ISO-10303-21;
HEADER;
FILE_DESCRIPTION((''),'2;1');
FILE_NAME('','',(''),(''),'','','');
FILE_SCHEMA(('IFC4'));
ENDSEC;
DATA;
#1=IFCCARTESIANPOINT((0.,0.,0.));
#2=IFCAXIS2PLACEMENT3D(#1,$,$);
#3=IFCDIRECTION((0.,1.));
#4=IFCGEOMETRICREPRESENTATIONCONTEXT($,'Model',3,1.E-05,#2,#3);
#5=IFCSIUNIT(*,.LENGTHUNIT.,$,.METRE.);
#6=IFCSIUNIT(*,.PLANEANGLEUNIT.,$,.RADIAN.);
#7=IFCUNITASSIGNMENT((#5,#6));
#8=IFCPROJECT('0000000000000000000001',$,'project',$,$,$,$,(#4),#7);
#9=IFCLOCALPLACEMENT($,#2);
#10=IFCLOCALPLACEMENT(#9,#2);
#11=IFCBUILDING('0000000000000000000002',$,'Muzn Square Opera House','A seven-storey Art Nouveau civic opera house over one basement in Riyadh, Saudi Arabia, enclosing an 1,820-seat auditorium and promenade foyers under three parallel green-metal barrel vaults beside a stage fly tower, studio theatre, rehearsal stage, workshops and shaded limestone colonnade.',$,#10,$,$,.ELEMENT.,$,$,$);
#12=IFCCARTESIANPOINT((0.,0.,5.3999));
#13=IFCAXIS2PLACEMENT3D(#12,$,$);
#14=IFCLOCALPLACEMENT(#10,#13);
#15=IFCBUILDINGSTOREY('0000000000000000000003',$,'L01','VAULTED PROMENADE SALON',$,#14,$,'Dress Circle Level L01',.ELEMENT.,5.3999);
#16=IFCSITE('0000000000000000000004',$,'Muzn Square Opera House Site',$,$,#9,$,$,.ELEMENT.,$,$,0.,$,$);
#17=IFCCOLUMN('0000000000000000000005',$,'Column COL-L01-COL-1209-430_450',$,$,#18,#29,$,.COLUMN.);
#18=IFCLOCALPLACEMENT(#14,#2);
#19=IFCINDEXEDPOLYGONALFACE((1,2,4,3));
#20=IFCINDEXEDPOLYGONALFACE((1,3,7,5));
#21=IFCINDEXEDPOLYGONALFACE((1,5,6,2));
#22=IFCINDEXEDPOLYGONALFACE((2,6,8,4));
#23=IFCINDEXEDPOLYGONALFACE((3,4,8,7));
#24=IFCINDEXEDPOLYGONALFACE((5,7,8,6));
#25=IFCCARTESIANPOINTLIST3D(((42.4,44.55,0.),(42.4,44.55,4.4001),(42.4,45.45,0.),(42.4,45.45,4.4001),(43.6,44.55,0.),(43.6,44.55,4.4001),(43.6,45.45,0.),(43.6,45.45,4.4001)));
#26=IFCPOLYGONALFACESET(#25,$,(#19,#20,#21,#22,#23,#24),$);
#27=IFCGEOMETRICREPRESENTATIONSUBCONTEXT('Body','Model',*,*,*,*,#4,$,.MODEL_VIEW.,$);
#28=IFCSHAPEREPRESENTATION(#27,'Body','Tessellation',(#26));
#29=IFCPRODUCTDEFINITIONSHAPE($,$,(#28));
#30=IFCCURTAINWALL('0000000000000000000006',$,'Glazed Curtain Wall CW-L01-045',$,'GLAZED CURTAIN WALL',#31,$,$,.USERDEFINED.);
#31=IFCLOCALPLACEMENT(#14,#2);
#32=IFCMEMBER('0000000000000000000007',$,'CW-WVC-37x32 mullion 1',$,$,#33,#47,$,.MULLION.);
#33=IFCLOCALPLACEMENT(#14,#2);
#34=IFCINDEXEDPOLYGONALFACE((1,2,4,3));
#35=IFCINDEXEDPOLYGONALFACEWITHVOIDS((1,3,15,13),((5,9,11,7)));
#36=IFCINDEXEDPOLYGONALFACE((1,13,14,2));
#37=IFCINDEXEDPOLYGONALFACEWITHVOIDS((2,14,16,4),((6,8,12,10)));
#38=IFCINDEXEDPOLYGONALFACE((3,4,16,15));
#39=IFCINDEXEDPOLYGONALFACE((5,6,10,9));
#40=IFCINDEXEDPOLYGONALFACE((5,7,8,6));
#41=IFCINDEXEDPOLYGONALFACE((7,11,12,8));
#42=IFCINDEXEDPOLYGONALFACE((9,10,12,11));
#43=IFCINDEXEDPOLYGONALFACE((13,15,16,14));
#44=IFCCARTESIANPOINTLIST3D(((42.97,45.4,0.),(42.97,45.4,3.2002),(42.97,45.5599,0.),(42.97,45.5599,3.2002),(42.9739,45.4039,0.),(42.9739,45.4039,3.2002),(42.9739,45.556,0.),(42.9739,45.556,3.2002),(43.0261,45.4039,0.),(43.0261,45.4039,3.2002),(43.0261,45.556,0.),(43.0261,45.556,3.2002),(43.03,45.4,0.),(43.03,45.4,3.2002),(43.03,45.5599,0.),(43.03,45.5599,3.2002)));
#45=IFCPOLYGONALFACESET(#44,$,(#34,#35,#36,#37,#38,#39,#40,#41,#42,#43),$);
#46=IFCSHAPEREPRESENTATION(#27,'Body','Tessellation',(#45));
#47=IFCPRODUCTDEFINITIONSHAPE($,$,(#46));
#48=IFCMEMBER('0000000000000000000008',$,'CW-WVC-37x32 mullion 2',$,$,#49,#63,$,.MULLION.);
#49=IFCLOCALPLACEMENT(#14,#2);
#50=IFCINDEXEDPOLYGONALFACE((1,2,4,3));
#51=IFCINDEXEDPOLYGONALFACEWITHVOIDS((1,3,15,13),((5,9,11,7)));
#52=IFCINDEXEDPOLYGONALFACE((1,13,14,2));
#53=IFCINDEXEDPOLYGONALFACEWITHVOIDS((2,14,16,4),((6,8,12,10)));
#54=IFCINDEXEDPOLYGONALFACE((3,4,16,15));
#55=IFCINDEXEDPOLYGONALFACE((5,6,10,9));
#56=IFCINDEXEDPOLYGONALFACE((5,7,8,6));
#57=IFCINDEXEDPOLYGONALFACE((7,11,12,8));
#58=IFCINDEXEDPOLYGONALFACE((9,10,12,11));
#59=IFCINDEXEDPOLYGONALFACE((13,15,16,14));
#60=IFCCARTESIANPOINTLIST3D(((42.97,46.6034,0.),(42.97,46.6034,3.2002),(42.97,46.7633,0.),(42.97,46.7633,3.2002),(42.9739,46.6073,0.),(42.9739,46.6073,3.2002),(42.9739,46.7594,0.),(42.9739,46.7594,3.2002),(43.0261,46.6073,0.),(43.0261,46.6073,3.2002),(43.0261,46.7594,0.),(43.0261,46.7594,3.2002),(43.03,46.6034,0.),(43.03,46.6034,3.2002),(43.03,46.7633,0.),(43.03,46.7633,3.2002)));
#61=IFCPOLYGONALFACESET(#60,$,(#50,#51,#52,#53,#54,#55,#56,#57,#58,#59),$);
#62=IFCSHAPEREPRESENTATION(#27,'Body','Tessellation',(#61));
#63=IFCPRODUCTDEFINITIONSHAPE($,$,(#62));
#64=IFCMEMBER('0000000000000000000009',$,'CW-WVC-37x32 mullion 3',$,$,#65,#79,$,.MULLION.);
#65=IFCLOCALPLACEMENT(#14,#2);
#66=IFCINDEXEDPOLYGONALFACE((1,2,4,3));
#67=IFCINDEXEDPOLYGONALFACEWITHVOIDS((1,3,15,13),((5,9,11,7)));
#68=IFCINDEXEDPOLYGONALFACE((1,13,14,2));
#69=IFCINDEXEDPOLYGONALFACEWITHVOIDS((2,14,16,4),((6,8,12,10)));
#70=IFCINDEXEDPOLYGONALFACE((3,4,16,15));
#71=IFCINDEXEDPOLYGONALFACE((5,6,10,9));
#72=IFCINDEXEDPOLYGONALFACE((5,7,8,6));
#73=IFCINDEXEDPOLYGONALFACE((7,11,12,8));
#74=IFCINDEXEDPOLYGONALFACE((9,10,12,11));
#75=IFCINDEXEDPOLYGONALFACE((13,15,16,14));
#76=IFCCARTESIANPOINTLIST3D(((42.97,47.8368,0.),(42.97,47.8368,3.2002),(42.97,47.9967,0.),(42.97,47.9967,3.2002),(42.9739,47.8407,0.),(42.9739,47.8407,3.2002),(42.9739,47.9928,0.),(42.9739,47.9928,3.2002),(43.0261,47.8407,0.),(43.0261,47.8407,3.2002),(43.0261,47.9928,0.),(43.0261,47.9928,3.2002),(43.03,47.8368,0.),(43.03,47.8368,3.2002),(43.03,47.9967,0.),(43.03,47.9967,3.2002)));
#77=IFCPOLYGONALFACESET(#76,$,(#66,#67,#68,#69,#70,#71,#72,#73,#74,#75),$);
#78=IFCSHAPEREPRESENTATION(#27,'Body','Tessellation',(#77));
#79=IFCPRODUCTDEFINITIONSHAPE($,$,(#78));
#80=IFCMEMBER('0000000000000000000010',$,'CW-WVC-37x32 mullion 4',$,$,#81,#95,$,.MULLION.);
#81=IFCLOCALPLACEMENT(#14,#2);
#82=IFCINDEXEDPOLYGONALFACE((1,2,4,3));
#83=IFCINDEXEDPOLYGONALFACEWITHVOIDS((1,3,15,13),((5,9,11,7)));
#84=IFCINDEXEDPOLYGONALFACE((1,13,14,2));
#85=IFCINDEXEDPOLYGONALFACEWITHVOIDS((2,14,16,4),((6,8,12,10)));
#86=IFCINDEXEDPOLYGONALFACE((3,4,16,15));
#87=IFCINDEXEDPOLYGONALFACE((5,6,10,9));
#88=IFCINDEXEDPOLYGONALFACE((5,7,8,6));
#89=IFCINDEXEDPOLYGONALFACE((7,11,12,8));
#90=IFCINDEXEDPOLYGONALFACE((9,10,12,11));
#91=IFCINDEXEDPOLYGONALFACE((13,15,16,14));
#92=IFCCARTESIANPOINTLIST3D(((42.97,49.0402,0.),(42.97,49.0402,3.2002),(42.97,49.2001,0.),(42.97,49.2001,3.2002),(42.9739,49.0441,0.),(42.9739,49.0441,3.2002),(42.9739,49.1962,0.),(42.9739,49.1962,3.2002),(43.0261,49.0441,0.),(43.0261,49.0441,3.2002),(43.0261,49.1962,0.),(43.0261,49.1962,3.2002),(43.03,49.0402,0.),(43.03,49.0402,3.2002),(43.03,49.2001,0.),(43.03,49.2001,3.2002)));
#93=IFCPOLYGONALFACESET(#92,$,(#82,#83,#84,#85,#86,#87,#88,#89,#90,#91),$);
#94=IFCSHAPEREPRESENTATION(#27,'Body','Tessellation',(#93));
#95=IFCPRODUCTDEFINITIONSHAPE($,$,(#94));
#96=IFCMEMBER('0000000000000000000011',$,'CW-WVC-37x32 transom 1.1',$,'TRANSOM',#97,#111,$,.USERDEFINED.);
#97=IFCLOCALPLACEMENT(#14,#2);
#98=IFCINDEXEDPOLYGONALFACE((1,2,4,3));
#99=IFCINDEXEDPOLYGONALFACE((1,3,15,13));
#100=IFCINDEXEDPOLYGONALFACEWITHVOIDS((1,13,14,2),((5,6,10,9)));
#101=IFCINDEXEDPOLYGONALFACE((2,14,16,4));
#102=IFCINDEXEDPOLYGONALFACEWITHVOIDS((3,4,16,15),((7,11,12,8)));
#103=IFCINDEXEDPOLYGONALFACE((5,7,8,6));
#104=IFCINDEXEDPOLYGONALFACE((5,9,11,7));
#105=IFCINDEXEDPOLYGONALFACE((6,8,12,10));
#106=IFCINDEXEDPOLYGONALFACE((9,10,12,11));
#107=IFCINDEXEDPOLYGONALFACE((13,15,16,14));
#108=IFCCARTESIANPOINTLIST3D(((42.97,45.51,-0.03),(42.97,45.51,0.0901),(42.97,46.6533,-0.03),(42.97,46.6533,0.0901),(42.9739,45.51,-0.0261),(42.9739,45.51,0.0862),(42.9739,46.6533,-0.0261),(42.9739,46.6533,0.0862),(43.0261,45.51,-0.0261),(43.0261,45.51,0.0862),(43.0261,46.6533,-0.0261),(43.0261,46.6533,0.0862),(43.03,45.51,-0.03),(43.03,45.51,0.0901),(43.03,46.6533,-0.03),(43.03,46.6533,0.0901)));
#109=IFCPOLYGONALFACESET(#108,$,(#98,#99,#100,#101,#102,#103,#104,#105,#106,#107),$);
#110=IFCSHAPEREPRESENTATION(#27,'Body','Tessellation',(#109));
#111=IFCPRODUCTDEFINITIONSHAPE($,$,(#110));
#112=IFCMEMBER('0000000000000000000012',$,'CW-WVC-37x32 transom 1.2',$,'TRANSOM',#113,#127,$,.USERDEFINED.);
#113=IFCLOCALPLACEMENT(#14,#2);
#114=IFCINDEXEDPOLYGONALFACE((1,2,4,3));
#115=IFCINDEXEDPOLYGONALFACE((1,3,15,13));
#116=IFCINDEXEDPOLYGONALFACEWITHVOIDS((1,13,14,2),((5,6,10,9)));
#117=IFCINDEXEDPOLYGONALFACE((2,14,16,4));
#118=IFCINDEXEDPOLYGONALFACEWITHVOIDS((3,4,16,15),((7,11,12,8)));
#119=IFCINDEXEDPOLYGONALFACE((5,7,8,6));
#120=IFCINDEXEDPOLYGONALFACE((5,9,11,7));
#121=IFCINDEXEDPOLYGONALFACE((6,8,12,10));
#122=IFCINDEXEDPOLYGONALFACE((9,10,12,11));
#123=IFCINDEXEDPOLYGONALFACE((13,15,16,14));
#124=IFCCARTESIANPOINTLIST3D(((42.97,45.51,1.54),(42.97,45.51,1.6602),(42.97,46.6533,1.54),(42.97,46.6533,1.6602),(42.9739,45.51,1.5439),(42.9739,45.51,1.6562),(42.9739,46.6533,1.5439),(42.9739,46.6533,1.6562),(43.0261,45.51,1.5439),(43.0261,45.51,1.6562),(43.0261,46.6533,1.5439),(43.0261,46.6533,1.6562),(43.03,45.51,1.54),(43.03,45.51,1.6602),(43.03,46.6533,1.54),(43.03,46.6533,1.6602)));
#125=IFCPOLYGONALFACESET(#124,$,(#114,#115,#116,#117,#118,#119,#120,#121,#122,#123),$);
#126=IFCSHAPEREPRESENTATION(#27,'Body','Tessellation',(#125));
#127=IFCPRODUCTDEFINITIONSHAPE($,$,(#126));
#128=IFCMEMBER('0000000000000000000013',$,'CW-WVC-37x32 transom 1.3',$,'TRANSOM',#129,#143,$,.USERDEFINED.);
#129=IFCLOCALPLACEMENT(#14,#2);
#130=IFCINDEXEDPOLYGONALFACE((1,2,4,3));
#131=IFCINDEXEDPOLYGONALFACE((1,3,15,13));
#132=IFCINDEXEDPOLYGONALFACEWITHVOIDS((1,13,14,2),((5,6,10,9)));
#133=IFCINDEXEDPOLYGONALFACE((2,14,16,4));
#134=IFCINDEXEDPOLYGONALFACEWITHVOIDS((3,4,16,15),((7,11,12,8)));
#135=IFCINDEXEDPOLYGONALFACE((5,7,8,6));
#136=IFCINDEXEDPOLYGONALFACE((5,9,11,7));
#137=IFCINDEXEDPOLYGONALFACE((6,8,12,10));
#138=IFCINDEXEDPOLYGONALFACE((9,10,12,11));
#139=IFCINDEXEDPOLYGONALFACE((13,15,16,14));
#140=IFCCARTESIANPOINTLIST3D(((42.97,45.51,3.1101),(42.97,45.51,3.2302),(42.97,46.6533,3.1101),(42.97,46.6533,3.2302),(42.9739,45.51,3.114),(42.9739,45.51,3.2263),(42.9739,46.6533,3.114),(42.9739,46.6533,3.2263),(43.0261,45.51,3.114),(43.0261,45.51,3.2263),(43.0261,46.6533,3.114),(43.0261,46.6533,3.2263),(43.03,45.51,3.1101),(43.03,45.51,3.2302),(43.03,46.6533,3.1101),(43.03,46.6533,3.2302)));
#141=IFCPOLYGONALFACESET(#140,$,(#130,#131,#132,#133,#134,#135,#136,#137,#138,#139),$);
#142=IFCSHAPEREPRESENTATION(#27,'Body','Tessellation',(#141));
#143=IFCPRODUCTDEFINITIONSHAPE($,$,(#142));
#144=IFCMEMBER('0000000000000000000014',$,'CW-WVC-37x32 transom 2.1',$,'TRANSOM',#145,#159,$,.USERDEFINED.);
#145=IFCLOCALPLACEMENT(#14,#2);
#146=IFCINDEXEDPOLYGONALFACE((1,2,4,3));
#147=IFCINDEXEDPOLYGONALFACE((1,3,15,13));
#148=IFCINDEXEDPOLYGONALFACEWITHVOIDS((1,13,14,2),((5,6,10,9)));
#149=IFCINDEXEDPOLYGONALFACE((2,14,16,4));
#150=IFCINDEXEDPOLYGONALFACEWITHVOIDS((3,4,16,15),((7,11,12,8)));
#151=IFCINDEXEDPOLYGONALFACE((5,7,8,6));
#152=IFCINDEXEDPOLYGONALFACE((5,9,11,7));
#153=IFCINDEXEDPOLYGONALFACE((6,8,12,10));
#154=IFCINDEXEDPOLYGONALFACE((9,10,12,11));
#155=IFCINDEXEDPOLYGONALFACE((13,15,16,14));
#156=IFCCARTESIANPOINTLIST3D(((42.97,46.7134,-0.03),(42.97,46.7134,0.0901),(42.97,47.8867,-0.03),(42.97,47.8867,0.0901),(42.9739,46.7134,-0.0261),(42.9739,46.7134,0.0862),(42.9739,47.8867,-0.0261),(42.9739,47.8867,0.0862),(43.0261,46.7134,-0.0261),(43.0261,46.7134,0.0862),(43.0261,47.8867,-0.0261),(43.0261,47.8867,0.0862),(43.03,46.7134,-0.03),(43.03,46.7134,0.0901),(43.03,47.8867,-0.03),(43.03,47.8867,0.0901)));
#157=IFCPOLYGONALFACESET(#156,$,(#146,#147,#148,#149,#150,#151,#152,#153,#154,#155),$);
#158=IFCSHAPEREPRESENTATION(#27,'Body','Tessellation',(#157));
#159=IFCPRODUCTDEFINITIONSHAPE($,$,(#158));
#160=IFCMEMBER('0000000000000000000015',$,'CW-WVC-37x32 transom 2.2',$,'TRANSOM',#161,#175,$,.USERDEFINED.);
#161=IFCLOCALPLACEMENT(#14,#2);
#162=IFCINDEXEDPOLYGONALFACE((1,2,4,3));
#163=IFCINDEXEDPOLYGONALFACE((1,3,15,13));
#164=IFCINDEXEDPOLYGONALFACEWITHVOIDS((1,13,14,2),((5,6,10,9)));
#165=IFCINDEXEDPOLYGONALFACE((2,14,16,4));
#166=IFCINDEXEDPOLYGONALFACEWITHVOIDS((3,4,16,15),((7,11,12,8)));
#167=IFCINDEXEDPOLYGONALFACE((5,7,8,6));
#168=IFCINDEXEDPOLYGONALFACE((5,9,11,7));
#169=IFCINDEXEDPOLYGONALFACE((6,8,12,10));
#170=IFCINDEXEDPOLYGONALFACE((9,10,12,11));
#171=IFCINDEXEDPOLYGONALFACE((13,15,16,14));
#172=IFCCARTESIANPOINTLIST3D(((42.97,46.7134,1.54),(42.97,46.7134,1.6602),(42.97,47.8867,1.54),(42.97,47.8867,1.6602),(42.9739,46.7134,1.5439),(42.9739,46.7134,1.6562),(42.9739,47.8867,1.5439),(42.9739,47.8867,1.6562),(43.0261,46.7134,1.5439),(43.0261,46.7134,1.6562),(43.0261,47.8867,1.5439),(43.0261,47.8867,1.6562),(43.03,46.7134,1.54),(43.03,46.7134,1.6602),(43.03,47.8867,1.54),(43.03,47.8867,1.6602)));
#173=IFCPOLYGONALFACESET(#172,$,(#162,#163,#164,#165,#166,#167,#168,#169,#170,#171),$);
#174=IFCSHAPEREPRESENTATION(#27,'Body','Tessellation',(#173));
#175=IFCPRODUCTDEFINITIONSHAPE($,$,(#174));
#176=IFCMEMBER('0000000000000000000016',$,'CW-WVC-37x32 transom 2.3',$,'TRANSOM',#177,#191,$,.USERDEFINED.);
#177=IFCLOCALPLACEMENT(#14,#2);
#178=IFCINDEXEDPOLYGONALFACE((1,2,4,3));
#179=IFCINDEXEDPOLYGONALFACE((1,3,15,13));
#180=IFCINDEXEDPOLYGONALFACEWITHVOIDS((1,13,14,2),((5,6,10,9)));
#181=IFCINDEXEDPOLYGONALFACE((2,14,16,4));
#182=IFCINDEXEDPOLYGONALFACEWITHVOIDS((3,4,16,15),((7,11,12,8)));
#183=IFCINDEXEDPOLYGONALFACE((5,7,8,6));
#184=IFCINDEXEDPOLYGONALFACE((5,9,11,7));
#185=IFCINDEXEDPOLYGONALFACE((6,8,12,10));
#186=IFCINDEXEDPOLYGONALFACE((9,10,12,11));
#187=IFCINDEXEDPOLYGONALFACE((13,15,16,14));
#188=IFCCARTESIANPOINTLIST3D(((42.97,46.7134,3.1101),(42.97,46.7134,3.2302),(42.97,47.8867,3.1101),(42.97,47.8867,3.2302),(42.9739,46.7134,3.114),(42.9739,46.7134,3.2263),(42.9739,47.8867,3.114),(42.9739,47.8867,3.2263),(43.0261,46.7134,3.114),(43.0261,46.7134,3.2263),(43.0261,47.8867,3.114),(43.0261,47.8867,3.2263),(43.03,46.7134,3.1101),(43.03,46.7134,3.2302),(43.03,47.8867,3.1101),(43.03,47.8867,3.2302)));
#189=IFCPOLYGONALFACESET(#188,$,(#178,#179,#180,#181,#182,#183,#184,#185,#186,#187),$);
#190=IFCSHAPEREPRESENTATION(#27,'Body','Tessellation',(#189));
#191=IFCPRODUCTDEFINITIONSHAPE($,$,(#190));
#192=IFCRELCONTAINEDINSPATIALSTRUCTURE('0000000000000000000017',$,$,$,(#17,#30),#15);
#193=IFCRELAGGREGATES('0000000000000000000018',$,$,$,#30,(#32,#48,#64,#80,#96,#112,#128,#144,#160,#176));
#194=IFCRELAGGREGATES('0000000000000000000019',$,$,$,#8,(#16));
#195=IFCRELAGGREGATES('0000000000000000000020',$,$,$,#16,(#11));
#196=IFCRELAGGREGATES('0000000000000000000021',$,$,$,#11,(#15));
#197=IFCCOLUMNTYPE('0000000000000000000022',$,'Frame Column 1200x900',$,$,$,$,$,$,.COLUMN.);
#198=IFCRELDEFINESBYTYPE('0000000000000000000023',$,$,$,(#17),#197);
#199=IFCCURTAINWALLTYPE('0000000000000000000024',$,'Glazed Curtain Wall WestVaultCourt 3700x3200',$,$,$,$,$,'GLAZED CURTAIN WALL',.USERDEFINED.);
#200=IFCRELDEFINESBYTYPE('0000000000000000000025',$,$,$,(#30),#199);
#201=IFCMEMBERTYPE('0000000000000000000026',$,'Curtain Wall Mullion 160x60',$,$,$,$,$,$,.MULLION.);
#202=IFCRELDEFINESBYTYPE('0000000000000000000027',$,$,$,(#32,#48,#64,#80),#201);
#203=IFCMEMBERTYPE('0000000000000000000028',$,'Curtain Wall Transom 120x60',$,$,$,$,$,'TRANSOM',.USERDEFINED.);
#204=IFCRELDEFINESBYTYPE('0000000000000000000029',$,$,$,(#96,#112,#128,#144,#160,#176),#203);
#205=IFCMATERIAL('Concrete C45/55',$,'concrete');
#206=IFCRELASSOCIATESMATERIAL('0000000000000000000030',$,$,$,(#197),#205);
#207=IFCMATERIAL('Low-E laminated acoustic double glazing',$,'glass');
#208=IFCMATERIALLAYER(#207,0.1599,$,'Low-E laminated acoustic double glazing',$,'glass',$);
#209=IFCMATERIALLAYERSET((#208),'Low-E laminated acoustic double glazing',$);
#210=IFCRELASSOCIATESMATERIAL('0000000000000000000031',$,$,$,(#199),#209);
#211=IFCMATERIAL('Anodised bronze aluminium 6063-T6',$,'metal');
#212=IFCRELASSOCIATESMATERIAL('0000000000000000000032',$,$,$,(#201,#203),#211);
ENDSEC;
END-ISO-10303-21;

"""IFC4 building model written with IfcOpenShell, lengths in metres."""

from ifc_helpers import new_model, si_unit, direction, frame, origin, origin_2d, place, context, subcontext, project, spatial, rectangle, hollow_rectangle, extrude, material, layer, layer_set, material_profile, profile_set, type_object, element, aggregate, save


model = new_model("IFC4")

# Units and contexts
model_context = context("Model", 3, precision=1e-05, world=origin(), true_north=direction((0.0, 1.0)))
body_context = subcontext(model_context, "Body", "Model", "MODEL_VIEW")
ifc_project = project(units=[si_unit("LENGTHUNIT", "METRE"), si_unit("PLANEANGLEUNIT", "RADIAN")], contexts=[model_context])

# Site, building, storey
site_placement = place(None, origin())
site = spatial("IfcSite", under=ifc_project, at=site_placement, Name="Muzn Square Opera House Site", CompositionType="ELEMENT", RefElevation=0.0)
building_placement = place(site_placement, origin())
building = spatial("IfcBuilding", under=site, at=building_placement, Name="Muzn Square Opera House", Description="A seven-storey Art Nouveau civic opera house over one basement in Riyadh, Saudi Arabia, enclosing an 1,820-seat auditorium and promenade foyers under three parallel green-metal barrel vaults beside a stage fly tower, studio theatre, rehearsal stage, workshops and shaded limestone colonnade.", CompositionType="ELEMENT")
storey_placement = place(building_placement, frame((0.0, 0.0, 5.3999)))
storey = spatial("IfcBuildingStorey", under=building, at=storey_placement, Name="L01", Description="VAULTED PROMENADE SALON", LongName="Dress Circle Level L01", CompositionType="ELEMENT", Elevation=5.3999)

# Column
ifc_material_1 = material(Name="Concrete C45/55", Category="concrete")
ifc_material_profile_1 = material_profile(ifc_material_1, rectangle(XDim=1.2, YDim=0.8999, at=origin_2d()), Name="RC 1200x900", Category="concrete")
ifc_profile_set_1 = profile_set([ifc_material_profile_1], Name="Concrete C45/55")
column_type = type_object("IfcColumnType", Name="Frame Column 1200x900", PredefinedType="COLUMN", material=ifc_profile_set_1)
column_placement = place(storey_placement, frame((43.0, 45.0, 0.0), z_axis=(0.0, 0.0, 1.0), x_axis=(1.0, 0.0, 0.0)))
element("IfcColumn", 1, at=column_placement, inside=storey, type_object=column_type, Name="Column COL-L01-COL-1209-430_450", PredefinedType="COLUMN", context=body_context, shape_type="SweptSolid", body=[
    extrude(rectangle(XDim=1.2, YDim=0.8999, at=origin_2d()), origin(), (0.0, 0.0, 1.0), 4.4001),
])

# Curtain wall, members
ifc_material_2 = material(Name="Low-E laminated acoustic double glazing", Category="glass")
ifc_layer_1 = layer(ifc_material_2, 0.1599, Name="Low-E laminated acoustic double glazing", Category="glass")
ifc_layer_set_1 = layer_set([ifc_layer_1], Name="Low-E laminated acoustic double glazing")
curtain_wall_type = type_object("IfcCurtainWallType", Name="Glazed Curtain Wall WestVaultCourt 3700x3200", ElementType="GLAZED CURTAIN WALL", PredefinedType="USERDEFINED", material=ifc_layer_set_1)
curtain_wall_placement = place(storey_placement, origin())
curtain_wall = element("IfcCurtainWall", 2, at=curtain_wall_placement, inside=storey, type_object=curtain_wall_type, Name="Glazed Curtain Wall CW-L01-045", ObjectType="GLAZED CURTAIN WALL", PredefinedType="USERDEFINED")
ifc_material_3 = material(Name="Anodised bronze aluminium 6063-T6", Category="metal")
ifc_material_profile_2 = material_profile(ifc_material_3, hollow_rectangle(XDim=0.0601, YDim=0.1599, WallThickness=0.0039, at=origin_2d()), Name="ALU 160x60x4", Category="metal")
ifc_profile_set_2 = profile_set([ifc_material_profile_2], Name="Anodised bronze aluminium 6063-T6")
member_type_1 = type_object("IfcMemberType", Name="Curtain Wall Mullion 160x60", PredefinedType="MULLION", material=ifc_profile_set_2)
member_1_placement = place(storey_placement, frame((43.0, 45.48, 0.0), z_axis=(0.0, 0.0, 1.0), x_axis=(-1.0, 0.0, 0.0)))
member_1 = element("IfcMember", 3, at=member_1_placement, type_object=member_type_1, Name="CW-WVC-37x32 mullion 1", PredefinedType="MULLION", context=body_context, shape_type="SweptSolid", body=[
    extrude(hollow_rectangle(XDim=0.0601, YDim=0.1599, WallThickness=0.0039, at=origin_2d()), origin(), (0.0, 0.0, 1.0), 3.2002),
])
member_2_placement = place(storey_placement, frame((43.0, 46.6833, 0.0), z_axis=(0.0, 0.0, 1.0), x_axis=(-1.0, 0.0, 0.0)))
member_2 = element("IfcMember", 4, at=member_2_placement, type_object=member_type_1, Name="CW-WVC-37x32 mullion 2", PredefinedType="MULLION", context=body_context, shape_type="SweptSolid", body=[
    extrude(hollow_rectangle(XDim=0.0601, YDim=0.1599, WallThickness=0.0039, at=origin_2d()), origin(), (0.0, 0.0, 1.0), 3.2002),
])
member_3_placement = place(storey_placement, frame((43.0, 47.9167, 0.0), z_axis=(0.0, 0.0, 1.0), x_axis=(-1.0, 0.0, 0.0)))
member_3 = element("IfcMember", 5, at=member_3_placement, type_object=member_type_1, Name="CW-WVC-37x32 mullion 3", PredefinedType="MULLION", context=body_context, shape_type="SweptSolid", body=[
    extrude(hollow_rectangle(XDim=0.0601, YDim=0.1599, WallThickness=0.0039, at=origin_2d()), origin(), (0.0, 0.0, 1.0), 3.2002),
])
member_4_placement = place(storey_placement, frame((43.0, 49.1201, 0.0), z_axis=(0.0, 0.0, 1.0), x_axis=(-1.0, 0.0, 0.0)))
member_4 = element("IfcMember", 6, at=member_4_placement, type_object=member_type_1, Name="CW-WVC-37x32 mullion 4", PredefinedType="MULLION", context=body_context, shape_type="SweptSolid", body=[
    extrude(hollow_rectangle(XDim=0.0601, YDim=0.1599, WallThickness=0.0039, at=origin_2d()), origin(), (0.0, 0.0, 1.0), 3.2002),
])
ifc_material_profile_3 = material_profile(ifc_material_3, hollow_rectangle(XDim=0.0601, YDim=0.1201, WallThickness=0.0039, at=origin_2d()), Name="ALU 120x60x4", Category="metal")
ifc_profile_set_3 = profile_set([ifc_material_profile_3], Name="Anodised bronze aluminium 6063-T6")
member_type_2 = type_object("IfcMemberType", Name="Curtain Wall Transom 120x60", ElementType="TRANSOM", PredefinedType="USERDEFINED", material=ifc_profile_set_3)
member_5_placement = place(storey_placement, frame((43.0, 45.51, 0.03), z_axis=(0.0, 1.0, 0.0), x_axis=(-1.0, 0.0, 0.0)))
member_5 = element("IfcMember", 7, at=member_5_placement, type_object=member_type_2, Name="CW-WVC-37x32 transom 1.1", ObjectType="TRANSOM", PredefinedType="USERDEFINED", context=body_context, shape_type="SweptSolid", body=[
    extrude(hollow_rectangle(XDim=0.0601, YDim=0.1201, WallThickness=0.0039, at=origin_2d()), origin(), (0.0, 0.0, 1.0), 1.1433),
])
member_6_placement = place(storey_placement, frame((43.0, 45.51, 1.6001), z_axis=(0.0, 1.0, 0.0), x_axis=(-1.0, 0.0, 0.0)))
member_6 = element("IfcMember", 8, at=member_6_placement, type_object=member_type_2, Name="CW-WVC-37x32 transom 1.2", ObjectType="TRANSOM", PredefinedType="USERDEFINED", context=body_context, shape_type="SweptSolid", body=[
    extrude(hollow_rectangle(XDim=0.0601, YDim=0.1201, WallThickness=0.0039, at=origin_2d()), origin(), (0.0, 0.0, 1.0), 1.1433),
])
member_7_placement = place(storey_placement, frame((43.0, 45.51, 3.1702), z_axis=(0.0, 1.0, 0.0), x_axis=(-1.0, 0.0, 0.0)))
member_7 = element("IfcMember", 9, at=member_7_placement, type_object=member_type_2, Name="CW-WVC-37x32 transom 1.3", ObjectType="TRANSOM", PredefinedType="USERDEFINED", context=body_context, shape_type="SweptSolid", body=[
    extrude(hollow_rectangle(XDim=0.0601, YDim=0.1201, WallThickness=0.0039, at=origin_2d()), origin(), (0.0, 0.0, 1.0), 1.1433),
])
member_8_placement = place(storey_placement, frame((43.0, 46.7134, 0.03), z_axis=(0.0, 1.0, 0.0), x_axis=(-1.0, 0.0, 0.0)))
member_8 = element("IfcMember", 10, at=member_8_placement, type_object=member_type_2, Name="CW-WVC-37x32 transom 2.1", ObjectType="TRANSOM", PredefinedType="USERDEFINED", context=body_context, shape_type="SweptSolid", body=[
    extrude(hollow_rectangle(XDim=0.0601, YDim=0.1201, WallThickness=0.0039, at=origin_2d()), origin(), (0.0, 0.0, 1.0), 1.1733),
])
member_9_placement = place(storey_placement, frame((43.0, 46.7134, 1.6001), z_axis=(0.0, 1.0, 0.0), x_axis=(-1.0, 0.0, 0.0)))
member_9 = element("IfcMember", 11, at=member_9_placement, type_object=member_type_2, Name="CW-WVC-37x32 transom 2.2", ObjectType="TRANSOM", PredefinedType="USERDEFINED", context=body_context, shape_type="SweptSolid", body=[
    extrude(hollow_rectangle(XDim=0.0601, YDim=0.1201, WallThickness=0.0039, at=origin_2d()), origin(), (0.0, 0.0, 1.0), 1.1733),
])
member_10_placement = place(storey_placement, frame((43.0, 46.7134, 3.1702), z_axis=(0.0, 1.0, 0.0), x_axis=(-1.0, 0.0, 0.0)))
member_10 = element("IfcMember", 12, at=member_10_placement, type_object=member_type_2, Name="CW-WVC-37x32 transom 2.3", ObjectType="TRANSOM", PredefinedType="USERDEFINED", context=body_context, shape_type="SweptSolid", body=[
    extrude(hollow_rectangle(XDim=0.0601, YDim=0.1201, WallThickness=0.0039, at=origin_2d()), origin(), (0.0, 0.0, 1.0), 1.1733),
])

aggregate(curtain_wall, [member_1, member_2, member_3, member_4, member_5, member_6, member_7, member_8, member_9, member_10])

save(model, "model.ifc")
